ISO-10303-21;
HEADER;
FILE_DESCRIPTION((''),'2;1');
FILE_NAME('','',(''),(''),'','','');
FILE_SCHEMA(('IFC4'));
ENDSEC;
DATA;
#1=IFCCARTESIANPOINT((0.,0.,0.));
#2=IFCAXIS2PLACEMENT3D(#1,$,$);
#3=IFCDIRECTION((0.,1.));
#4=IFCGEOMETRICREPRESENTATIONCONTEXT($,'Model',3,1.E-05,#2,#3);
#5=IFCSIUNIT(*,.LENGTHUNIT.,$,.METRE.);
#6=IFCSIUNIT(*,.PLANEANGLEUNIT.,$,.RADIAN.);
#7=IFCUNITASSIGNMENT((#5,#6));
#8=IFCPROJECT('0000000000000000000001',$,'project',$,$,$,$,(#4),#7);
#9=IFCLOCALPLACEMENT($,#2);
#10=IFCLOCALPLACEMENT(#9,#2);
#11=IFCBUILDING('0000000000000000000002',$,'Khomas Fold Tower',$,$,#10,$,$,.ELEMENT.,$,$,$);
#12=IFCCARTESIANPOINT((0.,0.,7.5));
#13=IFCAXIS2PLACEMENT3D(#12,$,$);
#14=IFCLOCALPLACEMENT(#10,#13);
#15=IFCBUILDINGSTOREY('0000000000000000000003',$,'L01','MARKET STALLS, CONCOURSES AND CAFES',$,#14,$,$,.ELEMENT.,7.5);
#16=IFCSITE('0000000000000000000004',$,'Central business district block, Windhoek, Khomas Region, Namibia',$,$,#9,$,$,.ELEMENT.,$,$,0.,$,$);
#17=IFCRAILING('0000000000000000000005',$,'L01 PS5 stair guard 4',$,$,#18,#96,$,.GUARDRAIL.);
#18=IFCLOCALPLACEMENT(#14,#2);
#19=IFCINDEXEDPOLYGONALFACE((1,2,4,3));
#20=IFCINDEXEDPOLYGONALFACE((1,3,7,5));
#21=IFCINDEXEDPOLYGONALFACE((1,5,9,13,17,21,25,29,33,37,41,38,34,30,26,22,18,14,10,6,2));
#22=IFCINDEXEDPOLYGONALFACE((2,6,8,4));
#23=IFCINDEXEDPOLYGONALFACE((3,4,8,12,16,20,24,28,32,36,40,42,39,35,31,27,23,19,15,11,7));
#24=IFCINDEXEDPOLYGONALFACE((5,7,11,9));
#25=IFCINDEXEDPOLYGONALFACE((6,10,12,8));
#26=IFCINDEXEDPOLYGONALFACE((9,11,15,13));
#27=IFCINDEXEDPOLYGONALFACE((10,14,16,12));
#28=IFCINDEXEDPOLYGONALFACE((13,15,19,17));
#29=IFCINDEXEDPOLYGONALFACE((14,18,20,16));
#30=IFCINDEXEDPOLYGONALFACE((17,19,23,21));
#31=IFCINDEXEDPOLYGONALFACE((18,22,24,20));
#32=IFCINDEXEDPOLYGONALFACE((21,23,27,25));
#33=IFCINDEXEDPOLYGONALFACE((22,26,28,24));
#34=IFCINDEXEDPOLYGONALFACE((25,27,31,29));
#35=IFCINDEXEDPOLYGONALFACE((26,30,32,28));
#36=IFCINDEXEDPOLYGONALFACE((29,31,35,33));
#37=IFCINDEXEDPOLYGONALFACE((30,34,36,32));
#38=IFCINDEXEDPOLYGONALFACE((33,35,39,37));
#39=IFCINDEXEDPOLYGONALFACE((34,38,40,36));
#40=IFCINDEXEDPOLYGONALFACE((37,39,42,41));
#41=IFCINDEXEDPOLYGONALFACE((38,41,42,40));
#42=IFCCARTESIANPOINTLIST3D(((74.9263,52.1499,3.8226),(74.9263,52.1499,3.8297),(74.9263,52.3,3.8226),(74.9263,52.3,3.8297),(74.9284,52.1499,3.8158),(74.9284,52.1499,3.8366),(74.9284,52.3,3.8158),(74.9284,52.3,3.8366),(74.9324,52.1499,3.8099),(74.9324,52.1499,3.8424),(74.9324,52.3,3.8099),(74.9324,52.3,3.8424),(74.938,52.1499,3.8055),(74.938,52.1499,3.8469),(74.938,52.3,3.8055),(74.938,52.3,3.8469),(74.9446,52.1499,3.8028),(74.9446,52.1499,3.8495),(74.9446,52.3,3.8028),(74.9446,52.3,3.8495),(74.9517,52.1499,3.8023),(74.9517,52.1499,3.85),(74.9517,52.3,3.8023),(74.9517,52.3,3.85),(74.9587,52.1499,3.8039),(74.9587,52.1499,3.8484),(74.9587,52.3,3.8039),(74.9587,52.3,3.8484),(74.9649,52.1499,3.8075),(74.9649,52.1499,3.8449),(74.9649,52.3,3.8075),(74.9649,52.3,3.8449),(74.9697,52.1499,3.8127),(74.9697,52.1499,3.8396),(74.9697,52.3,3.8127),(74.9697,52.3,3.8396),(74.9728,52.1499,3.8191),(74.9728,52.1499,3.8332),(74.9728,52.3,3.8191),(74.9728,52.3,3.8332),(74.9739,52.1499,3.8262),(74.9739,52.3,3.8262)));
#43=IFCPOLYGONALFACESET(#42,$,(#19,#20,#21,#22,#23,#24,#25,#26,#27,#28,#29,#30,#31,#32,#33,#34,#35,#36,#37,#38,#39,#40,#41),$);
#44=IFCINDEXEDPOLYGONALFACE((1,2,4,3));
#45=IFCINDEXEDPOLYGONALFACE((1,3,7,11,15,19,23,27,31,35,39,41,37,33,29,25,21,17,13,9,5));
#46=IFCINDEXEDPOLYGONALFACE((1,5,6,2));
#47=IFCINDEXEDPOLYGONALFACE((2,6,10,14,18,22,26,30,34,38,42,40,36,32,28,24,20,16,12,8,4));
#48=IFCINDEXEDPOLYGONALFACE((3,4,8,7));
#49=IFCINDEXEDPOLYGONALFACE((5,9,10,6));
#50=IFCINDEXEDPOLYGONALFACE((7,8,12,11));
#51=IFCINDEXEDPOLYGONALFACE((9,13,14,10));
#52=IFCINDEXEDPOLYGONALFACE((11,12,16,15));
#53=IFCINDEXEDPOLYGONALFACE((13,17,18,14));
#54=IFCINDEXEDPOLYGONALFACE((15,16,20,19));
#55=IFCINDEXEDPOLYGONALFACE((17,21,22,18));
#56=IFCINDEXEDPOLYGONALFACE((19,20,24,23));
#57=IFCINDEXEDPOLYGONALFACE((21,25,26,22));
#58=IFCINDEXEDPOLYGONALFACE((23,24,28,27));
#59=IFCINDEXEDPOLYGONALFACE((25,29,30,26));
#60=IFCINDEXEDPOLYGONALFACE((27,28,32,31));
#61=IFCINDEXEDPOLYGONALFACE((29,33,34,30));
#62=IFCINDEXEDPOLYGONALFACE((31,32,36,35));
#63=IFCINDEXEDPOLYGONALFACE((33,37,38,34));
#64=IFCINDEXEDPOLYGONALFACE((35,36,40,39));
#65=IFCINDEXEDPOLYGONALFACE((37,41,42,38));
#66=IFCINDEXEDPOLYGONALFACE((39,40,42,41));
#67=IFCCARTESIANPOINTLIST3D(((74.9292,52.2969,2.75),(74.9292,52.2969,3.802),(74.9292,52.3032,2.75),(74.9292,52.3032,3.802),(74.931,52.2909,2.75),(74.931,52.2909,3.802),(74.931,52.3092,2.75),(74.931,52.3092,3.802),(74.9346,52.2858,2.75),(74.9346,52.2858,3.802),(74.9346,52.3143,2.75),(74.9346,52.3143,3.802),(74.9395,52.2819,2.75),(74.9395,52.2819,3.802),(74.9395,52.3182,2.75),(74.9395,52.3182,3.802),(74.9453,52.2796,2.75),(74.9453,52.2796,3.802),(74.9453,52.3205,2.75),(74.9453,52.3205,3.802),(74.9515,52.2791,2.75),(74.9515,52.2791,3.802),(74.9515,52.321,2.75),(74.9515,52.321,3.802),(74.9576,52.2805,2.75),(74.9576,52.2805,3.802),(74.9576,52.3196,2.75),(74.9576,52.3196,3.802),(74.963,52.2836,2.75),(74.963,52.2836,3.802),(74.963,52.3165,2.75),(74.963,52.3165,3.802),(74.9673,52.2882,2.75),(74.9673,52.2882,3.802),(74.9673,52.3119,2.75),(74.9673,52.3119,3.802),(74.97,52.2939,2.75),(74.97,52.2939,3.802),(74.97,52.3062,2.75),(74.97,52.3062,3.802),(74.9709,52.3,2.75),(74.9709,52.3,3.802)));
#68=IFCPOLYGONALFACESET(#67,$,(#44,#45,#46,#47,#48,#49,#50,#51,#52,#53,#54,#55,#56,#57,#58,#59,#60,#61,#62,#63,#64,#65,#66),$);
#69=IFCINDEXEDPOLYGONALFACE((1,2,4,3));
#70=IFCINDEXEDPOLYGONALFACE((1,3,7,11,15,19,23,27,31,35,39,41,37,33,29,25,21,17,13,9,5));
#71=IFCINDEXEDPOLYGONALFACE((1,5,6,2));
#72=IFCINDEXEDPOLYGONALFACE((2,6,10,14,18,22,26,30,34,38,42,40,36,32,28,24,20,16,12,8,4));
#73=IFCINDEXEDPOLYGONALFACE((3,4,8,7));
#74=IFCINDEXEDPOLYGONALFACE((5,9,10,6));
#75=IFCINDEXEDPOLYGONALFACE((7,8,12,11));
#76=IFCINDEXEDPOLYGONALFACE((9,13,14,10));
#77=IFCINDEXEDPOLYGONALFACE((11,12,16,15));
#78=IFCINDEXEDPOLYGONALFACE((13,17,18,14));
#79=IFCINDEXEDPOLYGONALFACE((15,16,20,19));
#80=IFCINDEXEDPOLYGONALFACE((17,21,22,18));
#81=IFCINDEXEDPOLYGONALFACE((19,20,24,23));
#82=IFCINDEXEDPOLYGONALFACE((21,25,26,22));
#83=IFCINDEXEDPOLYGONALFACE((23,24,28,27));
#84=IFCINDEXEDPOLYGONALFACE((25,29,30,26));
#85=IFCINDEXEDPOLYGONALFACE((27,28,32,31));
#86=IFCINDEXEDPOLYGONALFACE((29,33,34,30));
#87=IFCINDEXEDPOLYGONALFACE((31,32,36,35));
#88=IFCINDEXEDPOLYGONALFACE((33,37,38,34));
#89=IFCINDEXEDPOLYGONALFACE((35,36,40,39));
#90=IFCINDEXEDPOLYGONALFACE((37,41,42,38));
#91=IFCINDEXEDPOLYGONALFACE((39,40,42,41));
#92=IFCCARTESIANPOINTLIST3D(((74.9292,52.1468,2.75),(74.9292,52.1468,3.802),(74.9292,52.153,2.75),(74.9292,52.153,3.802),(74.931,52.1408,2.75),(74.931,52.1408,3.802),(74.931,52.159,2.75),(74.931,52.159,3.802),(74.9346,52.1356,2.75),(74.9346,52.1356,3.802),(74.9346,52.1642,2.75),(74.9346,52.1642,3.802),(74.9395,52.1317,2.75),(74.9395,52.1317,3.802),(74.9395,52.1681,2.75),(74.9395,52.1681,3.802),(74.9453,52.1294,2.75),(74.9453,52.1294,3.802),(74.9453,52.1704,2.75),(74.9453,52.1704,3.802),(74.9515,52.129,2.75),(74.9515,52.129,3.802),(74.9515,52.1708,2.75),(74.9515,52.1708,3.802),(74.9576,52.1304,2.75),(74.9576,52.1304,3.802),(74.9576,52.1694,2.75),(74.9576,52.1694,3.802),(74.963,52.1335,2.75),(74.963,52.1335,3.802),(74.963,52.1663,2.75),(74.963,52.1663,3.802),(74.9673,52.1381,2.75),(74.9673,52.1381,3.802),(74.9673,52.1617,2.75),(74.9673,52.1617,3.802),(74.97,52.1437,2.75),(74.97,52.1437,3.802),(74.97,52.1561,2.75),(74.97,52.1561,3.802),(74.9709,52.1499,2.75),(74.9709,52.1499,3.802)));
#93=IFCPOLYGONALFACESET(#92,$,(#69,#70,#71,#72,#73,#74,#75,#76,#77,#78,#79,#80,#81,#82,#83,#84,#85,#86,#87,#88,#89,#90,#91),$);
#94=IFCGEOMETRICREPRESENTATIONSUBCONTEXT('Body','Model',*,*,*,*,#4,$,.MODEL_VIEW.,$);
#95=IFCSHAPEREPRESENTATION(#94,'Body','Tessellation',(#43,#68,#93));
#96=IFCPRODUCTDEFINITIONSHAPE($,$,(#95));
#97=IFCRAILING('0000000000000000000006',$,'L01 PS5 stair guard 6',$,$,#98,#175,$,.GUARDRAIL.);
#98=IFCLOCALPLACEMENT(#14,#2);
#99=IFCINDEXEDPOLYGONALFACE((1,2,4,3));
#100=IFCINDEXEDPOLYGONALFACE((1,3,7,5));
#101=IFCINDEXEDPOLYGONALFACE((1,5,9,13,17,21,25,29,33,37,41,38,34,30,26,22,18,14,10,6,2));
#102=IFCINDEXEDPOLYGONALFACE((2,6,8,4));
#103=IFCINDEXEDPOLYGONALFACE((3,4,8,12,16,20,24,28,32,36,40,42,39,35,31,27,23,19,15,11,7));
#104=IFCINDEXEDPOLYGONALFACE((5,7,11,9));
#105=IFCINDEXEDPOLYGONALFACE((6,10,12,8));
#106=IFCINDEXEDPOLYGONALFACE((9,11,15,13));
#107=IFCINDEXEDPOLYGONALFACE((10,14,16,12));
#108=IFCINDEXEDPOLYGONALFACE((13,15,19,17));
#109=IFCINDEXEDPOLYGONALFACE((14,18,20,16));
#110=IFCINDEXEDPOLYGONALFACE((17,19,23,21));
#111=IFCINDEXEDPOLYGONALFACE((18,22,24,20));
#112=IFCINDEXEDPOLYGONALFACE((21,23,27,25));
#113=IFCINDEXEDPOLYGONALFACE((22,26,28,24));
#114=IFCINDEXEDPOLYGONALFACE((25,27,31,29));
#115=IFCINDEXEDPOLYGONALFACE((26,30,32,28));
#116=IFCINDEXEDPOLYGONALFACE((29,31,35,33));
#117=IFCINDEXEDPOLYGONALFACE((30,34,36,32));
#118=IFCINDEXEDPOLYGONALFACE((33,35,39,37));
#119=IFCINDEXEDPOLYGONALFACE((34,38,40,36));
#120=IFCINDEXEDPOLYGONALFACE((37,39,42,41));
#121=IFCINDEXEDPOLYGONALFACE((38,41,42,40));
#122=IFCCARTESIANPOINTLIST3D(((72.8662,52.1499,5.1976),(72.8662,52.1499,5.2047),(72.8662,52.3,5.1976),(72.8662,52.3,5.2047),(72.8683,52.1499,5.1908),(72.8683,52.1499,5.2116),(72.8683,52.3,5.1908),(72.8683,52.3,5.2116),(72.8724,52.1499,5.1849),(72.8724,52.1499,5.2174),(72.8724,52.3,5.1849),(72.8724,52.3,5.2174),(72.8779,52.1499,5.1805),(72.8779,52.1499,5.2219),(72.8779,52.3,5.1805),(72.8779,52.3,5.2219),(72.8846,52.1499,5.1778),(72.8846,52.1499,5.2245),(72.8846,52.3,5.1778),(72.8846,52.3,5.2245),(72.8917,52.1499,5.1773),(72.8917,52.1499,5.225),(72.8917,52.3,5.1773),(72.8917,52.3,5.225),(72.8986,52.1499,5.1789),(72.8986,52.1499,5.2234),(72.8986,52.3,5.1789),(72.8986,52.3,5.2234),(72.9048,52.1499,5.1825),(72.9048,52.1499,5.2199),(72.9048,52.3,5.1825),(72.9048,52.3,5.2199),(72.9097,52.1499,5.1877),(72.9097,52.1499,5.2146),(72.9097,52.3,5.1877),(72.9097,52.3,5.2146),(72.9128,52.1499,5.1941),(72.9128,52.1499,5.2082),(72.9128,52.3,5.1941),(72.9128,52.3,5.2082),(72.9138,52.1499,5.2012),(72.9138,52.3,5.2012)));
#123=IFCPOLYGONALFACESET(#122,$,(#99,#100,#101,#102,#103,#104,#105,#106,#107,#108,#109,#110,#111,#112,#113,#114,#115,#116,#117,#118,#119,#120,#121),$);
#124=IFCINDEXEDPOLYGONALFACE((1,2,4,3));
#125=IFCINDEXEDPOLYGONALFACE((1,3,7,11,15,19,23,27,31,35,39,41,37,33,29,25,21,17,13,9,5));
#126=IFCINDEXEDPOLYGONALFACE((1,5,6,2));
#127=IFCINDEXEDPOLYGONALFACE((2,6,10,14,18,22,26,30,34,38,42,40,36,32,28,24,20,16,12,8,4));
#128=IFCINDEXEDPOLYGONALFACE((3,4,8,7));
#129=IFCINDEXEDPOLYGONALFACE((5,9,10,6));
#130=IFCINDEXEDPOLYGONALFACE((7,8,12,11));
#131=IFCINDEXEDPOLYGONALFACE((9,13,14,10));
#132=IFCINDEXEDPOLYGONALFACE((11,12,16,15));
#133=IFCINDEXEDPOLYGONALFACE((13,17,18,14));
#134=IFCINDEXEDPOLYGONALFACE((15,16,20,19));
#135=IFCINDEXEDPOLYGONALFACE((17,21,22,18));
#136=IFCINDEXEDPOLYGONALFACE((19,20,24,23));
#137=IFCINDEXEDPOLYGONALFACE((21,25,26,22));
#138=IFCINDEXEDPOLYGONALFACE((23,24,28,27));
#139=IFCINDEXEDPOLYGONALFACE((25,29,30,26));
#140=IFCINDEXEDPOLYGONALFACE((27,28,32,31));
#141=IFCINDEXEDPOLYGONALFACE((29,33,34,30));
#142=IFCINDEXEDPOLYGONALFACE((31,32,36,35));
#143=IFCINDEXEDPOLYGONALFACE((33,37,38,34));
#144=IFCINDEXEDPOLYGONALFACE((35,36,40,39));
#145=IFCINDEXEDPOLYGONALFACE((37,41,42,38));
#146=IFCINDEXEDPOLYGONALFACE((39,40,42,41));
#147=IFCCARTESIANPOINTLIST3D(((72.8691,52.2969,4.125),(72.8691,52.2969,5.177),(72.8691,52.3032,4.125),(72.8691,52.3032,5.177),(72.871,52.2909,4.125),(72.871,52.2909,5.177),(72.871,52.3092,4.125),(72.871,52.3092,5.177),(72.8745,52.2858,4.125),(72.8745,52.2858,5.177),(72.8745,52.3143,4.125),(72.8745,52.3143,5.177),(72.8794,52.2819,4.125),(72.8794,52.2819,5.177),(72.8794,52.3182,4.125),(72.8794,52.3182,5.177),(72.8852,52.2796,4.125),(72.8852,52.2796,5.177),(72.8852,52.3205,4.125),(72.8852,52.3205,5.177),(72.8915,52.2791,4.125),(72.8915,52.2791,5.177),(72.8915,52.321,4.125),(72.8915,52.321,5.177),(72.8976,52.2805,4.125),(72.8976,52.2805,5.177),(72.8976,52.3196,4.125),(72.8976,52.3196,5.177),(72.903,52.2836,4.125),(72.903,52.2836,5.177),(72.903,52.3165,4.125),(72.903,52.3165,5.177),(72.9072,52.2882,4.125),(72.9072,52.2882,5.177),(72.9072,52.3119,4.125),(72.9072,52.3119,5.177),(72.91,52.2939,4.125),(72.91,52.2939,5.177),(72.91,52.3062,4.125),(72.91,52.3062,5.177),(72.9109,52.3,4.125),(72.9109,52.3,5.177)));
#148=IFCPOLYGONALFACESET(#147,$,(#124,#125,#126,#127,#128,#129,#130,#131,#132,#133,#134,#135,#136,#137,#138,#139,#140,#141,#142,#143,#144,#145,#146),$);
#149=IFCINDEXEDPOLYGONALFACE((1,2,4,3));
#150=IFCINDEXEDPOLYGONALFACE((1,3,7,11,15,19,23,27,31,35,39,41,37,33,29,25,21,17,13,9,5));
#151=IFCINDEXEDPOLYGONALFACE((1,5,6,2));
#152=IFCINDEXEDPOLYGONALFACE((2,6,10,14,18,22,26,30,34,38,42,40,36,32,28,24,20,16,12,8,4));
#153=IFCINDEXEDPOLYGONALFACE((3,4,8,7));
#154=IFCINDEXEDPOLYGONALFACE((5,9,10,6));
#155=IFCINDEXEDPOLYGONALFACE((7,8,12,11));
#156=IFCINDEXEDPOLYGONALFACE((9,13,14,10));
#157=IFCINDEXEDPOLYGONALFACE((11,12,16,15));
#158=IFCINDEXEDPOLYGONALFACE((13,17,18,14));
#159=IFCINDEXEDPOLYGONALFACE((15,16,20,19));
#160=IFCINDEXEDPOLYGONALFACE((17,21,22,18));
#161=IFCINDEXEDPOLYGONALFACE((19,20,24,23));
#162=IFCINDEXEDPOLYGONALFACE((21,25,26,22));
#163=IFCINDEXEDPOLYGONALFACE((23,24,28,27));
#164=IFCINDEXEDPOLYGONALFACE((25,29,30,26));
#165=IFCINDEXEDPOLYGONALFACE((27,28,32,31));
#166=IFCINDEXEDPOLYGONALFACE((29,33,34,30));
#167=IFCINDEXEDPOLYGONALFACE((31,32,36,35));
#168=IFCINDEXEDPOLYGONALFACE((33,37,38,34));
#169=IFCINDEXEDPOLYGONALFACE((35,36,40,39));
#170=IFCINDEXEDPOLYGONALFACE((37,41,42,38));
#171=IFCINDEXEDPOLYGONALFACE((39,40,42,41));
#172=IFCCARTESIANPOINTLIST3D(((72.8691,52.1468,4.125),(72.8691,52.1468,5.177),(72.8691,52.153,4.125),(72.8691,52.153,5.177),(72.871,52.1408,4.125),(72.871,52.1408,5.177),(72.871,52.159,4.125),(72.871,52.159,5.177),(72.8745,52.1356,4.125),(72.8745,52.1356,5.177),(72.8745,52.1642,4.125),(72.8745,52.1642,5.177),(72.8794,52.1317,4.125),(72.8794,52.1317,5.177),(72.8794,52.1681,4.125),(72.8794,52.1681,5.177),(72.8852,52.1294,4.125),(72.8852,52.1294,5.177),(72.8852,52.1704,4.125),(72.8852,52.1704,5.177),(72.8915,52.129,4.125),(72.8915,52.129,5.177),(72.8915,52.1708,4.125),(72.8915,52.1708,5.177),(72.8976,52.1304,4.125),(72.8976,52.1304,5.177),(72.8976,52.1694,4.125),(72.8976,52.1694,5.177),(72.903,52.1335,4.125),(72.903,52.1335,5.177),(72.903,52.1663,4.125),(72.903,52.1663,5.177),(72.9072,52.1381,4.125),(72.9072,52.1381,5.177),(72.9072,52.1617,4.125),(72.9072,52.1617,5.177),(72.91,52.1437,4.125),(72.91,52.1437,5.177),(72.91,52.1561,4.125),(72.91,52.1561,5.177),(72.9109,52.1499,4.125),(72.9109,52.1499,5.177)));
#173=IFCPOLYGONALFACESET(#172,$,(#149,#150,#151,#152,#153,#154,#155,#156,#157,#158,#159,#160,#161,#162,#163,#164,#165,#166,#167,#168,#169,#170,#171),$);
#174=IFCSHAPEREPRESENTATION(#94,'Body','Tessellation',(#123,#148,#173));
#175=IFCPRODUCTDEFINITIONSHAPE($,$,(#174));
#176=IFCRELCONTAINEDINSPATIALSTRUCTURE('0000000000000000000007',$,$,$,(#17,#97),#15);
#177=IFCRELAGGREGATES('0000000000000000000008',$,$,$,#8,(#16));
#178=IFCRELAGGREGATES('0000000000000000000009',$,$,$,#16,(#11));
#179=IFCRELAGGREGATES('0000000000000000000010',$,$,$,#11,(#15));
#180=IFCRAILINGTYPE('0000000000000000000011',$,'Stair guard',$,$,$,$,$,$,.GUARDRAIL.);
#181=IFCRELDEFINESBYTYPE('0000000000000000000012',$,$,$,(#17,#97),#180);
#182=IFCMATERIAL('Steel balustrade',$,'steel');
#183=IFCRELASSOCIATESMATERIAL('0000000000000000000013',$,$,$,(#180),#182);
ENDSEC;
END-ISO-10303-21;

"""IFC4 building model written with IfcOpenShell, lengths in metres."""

from ifc_helpers import new_model, si_unit, direction, frame, origin, origin_2d, place, context, subcontext, project, spatial, circle, extrude, source, transform, mapped, material, type_object, element, save


model = new_model("IFC4")

# Units and contexts
model_context = context("Model", 3, precision=1e-05, world=origin(), true_north=direction((0.0, 1.0)))
body_context = subcontext(model_context, "Body", "Model", "MODEL_VIEW")
ifc_project = project(units=[si_unit("LENGTHUNIT", "METRE"), si_unit("PLANEANGLEUNIT", "RADIAN")], contexts=[model_context])

# Site, building, storey
site_placement = place(None, origin())
site = spatial("IfcSite", under=ifc_project, at=site_placement, Name="Central business district block, Windhoek, Khomas Region, Namibia", CompositionType="ELEMENT", RefElevation=0.0)
building_placement = place(site_placement, origin())
building = spatial("IfcBuilding", under=site, at=building_placement, Name="Khomas Fold Tower", CompositionType="ELEMENT")
storey_placement = place(building_placement, frame((0.0, 0.0, 7.5)))
storey = spatial("IfcBuildingStorey", under=building, at=storey_placement, Name="L01", Description="MARKET STALLS, CONCOURSES AND CAFES", CompositionType="ELEMENT", Elevation=7.5)

# Railings
ifc_material_1 = material(Name="Steel balustrade", Category="steel")
railing_type_1 = type_object("IfcRailingType", Name="Stair guard", PredefinedType="GUARDRAIL", material=ifc_material_1)
shared_shape_1 = source(origin(), body_context, "Body", "SweptSolid", [
    extrude(circle(Radius=0.0239, at=origin_2d()), frame((0.0, 0.0, 1.0762), z_axis=(0.0, -1.0, 0.0), x_axis=(1.0, 0.0, 0.0)), (0.0, 0.0, 1.0), 0.1501),
    extrude(circle(Radius=0.021, at=origin_2d()), origin(), (0.0, 0.0, 1.0), 1.052),
    extrude(circle(Radius=0.021, at=origin_2d()), frame((0.0, -0.1501, 0.0)), (0.0, 0.0, 1.0), 1.052),
])
for number, where, name in (
    (1, (74.95, 52.3, 2.75), "L01 PS5 stair guard 4"),
    (2, (72.8899, 52.3, 4.125), "L01 PS5 stair guard 6"),
):
    element("IfcRailing", number, at=place(storey_placement, frame(where)), inside=storey, type_object=railing_type_1, Name=name, PredefinedType="GUARDRAIL", context=body_context, shape_type="MappedRepresentation", body=[
        mapped(shared_shape_1, transform((0.0, 0.0, 0.0))),
    ])

save(model, "model.ifc")
